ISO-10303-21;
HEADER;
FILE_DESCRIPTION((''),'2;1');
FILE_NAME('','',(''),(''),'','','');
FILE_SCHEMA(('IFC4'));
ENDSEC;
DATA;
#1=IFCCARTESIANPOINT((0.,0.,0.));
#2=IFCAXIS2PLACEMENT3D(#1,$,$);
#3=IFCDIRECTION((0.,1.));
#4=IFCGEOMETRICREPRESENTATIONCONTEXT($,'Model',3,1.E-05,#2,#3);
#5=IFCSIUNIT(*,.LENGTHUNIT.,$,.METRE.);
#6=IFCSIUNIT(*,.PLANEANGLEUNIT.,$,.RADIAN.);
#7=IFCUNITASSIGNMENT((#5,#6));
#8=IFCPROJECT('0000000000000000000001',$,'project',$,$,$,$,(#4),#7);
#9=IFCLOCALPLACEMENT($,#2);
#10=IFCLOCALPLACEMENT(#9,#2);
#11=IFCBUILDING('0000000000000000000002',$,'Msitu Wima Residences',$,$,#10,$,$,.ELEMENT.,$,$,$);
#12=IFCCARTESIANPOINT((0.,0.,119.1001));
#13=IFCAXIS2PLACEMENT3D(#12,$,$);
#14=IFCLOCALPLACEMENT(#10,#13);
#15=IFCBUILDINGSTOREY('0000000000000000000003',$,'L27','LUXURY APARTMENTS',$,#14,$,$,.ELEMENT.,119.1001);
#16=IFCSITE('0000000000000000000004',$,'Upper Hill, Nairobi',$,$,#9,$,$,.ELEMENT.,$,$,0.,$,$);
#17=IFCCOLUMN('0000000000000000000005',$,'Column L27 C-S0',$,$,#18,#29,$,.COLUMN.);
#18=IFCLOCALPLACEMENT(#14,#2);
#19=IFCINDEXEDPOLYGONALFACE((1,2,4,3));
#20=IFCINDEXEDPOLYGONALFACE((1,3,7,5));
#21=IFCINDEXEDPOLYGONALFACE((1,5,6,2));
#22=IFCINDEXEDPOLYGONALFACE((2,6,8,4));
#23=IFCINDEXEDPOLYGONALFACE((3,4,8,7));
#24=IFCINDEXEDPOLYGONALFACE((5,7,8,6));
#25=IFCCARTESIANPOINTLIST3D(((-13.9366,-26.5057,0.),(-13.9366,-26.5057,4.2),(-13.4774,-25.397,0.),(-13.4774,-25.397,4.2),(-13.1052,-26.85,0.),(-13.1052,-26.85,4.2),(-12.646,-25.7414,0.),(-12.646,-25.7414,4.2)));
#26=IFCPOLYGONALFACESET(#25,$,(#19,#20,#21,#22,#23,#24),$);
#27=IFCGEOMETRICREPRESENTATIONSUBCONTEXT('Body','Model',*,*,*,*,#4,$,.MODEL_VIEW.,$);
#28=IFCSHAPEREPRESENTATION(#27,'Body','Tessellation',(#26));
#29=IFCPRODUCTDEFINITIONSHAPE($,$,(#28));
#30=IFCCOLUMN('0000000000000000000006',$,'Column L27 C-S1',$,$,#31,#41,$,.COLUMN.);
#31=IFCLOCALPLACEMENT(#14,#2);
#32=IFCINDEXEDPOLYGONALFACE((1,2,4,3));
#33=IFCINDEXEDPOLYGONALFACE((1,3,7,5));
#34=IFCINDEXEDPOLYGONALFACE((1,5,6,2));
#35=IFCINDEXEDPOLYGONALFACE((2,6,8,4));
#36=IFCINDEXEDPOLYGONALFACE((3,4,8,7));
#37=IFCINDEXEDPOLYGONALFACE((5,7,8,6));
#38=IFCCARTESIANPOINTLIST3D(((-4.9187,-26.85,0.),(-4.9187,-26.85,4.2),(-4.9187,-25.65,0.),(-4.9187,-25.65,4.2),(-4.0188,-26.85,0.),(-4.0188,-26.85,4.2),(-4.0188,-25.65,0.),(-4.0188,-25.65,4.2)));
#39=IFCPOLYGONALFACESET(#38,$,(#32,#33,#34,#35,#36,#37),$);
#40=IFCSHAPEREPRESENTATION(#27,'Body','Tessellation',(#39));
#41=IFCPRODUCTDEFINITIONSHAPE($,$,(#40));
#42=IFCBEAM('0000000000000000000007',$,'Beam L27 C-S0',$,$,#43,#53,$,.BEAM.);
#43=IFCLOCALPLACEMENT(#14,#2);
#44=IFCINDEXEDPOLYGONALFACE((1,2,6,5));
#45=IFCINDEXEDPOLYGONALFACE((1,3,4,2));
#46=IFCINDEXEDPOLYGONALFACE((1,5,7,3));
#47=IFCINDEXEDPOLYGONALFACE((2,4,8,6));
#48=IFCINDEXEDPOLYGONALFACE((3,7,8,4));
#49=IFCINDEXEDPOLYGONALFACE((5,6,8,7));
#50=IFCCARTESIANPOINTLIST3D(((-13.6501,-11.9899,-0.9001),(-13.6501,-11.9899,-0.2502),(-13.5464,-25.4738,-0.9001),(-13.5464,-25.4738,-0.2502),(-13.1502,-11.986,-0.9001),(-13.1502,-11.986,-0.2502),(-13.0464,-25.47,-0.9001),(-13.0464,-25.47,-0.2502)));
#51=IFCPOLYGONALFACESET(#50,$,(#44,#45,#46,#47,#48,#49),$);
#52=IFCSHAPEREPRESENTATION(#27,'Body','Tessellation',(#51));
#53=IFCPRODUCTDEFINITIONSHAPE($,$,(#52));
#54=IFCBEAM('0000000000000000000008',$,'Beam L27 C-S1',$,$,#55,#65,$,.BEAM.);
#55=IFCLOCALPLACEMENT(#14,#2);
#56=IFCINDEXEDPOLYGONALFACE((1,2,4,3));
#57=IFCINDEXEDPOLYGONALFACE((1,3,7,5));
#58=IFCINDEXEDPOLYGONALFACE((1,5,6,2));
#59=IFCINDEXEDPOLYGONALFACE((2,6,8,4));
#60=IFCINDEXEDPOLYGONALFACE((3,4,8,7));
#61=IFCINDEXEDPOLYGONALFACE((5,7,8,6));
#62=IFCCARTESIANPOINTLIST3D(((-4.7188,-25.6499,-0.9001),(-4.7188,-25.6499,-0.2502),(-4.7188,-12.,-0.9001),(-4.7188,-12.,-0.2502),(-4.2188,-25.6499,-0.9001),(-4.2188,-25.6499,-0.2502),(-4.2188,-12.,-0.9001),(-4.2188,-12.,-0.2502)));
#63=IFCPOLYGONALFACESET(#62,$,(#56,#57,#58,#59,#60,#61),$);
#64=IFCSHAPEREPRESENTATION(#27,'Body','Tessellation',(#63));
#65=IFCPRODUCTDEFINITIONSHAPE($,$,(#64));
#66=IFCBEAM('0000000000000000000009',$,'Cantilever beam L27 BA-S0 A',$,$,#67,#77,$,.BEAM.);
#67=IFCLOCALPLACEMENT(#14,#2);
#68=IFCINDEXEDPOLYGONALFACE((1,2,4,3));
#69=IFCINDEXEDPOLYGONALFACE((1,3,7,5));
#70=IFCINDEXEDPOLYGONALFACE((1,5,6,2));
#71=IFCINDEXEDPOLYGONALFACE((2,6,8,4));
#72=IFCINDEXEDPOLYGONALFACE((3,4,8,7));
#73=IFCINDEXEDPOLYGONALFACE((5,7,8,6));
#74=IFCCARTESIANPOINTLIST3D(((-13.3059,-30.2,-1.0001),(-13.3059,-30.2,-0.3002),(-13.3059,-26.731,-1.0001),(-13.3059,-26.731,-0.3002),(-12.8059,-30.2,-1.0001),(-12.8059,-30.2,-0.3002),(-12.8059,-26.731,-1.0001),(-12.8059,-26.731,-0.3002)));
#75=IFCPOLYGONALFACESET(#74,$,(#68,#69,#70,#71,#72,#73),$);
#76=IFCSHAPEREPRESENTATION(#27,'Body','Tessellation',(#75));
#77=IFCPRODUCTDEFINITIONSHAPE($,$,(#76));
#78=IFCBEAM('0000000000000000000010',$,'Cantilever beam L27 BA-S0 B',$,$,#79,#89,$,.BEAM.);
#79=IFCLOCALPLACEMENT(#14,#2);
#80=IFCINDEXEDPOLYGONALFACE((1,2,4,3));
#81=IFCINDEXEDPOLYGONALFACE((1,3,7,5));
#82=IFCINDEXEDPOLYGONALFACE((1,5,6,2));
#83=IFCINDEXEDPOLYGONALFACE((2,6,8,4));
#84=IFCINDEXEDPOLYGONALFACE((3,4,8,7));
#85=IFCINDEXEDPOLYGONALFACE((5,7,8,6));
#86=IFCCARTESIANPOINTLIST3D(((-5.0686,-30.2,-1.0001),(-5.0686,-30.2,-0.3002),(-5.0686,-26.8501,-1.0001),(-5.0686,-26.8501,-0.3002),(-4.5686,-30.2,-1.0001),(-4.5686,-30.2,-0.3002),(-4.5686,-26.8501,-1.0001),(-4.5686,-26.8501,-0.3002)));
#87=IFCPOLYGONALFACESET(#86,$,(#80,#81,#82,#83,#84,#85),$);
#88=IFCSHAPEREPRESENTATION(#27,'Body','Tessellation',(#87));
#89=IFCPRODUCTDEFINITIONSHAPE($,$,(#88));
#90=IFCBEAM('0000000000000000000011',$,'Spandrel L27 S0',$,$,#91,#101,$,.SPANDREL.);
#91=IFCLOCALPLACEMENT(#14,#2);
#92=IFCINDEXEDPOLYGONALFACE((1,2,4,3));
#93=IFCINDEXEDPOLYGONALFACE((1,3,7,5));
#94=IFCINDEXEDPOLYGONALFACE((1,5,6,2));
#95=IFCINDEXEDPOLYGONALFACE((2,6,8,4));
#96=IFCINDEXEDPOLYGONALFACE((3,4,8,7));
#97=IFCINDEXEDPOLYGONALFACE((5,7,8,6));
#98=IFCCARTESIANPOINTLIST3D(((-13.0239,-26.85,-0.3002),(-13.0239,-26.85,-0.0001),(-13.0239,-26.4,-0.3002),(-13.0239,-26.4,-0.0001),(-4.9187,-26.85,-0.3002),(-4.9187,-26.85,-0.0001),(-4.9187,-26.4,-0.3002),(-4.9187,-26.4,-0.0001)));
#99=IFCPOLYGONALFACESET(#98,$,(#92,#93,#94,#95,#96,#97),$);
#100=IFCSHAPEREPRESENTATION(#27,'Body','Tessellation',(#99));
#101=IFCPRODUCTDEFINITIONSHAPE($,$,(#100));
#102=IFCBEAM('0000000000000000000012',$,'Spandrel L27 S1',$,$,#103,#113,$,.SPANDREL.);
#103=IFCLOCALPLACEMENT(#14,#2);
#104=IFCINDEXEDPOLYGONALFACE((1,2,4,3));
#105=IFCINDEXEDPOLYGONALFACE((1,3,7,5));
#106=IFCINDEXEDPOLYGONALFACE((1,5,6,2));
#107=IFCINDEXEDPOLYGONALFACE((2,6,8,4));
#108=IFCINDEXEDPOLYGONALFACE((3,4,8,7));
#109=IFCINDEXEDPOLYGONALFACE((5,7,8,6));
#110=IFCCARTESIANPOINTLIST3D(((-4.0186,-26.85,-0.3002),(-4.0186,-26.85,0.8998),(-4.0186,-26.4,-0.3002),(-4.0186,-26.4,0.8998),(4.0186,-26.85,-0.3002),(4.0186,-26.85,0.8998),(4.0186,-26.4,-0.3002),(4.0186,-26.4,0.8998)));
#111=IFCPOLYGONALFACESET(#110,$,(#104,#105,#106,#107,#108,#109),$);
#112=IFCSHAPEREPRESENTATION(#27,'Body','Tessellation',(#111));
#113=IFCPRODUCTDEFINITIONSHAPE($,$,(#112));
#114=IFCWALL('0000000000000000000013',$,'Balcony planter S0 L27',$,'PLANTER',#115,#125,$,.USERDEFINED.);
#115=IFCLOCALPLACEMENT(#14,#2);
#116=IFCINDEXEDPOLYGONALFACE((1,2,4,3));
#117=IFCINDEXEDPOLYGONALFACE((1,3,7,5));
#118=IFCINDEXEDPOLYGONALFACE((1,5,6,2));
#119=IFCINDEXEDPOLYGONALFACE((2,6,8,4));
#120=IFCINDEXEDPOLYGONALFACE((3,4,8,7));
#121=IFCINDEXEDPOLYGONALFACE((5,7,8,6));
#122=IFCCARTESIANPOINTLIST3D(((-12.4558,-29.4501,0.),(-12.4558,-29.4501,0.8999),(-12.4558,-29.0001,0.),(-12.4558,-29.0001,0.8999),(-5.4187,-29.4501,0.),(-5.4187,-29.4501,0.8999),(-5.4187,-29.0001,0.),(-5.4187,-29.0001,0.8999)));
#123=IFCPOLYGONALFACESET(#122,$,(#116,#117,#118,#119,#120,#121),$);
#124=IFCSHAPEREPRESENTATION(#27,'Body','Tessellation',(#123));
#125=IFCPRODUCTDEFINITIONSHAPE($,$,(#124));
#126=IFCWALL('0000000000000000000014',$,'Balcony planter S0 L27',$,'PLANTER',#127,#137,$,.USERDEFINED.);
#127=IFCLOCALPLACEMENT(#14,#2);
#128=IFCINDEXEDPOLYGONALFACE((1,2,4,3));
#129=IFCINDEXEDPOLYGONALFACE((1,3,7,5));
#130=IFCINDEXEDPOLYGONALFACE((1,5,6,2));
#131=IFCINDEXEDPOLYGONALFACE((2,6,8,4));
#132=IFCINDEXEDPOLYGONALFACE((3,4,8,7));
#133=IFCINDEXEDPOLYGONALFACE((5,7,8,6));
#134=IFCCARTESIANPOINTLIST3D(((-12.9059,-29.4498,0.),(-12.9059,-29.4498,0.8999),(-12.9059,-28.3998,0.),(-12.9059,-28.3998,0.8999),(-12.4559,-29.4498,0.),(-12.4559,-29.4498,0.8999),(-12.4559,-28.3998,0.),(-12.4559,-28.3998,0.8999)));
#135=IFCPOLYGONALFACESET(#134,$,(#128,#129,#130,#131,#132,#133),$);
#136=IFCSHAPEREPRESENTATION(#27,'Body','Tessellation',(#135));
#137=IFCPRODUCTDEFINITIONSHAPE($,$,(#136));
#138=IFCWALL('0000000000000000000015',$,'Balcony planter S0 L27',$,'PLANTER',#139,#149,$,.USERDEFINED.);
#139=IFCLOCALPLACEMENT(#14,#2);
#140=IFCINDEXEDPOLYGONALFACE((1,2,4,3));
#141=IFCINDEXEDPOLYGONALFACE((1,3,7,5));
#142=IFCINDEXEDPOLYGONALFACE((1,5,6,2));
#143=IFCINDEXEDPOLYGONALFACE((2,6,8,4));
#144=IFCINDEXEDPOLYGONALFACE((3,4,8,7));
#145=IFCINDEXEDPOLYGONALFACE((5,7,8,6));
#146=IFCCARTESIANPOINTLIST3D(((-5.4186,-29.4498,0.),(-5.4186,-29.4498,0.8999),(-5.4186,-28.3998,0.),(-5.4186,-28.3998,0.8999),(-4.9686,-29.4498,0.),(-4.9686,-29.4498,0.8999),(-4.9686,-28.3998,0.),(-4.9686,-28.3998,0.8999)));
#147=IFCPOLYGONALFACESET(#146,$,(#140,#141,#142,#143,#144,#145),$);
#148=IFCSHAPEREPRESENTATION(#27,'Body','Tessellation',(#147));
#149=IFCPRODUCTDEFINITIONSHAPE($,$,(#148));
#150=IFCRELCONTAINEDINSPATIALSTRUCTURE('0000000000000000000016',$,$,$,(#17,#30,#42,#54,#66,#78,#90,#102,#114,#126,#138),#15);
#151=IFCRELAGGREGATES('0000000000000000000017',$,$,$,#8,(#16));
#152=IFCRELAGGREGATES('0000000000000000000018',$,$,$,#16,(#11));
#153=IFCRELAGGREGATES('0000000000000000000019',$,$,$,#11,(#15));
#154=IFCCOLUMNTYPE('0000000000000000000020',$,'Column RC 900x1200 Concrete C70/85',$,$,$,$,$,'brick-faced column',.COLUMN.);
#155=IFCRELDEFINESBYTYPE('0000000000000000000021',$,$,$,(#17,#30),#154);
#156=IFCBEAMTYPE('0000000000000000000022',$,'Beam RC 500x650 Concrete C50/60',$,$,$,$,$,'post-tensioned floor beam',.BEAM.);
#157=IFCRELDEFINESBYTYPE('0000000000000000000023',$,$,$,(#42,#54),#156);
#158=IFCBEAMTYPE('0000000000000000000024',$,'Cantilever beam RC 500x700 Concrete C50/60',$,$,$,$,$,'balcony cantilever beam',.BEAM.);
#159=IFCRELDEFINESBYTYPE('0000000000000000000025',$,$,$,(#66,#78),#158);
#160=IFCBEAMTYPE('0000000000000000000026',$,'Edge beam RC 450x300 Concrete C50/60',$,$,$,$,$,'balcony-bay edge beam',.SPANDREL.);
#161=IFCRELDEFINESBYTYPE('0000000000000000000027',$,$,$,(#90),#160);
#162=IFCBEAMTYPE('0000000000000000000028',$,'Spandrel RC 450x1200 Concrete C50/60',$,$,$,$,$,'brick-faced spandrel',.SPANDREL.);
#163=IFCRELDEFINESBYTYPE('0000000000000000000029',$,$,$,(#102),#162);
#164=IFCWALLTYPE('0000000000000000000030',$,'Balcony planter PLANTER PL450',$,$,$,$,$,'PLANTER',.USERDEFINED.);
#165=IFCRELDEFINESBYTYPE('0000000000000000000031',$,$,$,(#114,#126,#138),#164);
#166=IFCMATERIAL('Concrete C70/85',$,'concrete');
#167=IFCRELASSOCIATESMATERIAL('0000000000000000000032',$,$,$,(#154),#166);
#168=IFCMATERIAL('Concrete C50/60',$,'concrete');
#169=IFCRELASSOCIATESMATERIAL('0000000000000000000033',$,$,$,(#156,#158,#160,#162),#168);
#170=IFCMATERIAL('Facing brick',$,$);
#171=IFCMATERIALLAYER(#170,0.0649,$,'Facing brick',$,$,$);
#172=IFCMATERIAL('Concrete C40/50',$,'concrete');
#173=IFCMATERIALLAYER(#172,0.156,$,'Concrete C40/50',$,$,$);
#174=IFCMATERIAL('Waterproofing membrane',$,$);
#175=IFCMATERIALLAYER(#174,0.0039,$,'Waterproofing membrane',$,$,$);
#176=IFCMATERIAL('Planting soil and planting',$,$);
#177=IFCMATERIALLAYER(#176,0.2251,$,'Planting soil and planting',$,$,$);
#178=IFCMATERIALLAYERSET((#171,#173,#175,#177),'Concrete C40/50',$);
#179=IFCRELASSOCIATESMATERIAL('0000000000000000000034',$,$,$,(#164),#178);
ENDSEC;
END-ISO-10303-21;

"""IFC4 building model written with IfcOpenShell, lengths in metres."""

from ifc_helpers import new_model, si_unit, direction, frame, frame_2d, origin, origin_2d, place, context, subcontext, project, spatial, rectangle, extrude, material, layer, layer_set, material_profile, profile_set, type_object, element, save


model = new_model("IFC4")

# Units and contexts
model_context = context("Model", 3, precision=1e-05, world=origin(), true_north=direction((0.0, 1.0)))
body_context = subcontext(model_context, "Body", "Model", "MODEL_VIEW")
ifc_project = project(units=[si_unit("LENGTHUNIT", "METRE"), si_unit("PLANEANGLEUNIT", "RADIAN")], contexts=[model_context])

# Site, building, storey
site_placement = place(None, origin())
site = spatial("IfcSite", under=ifc_project, at=site_placement, Name="Upper Hill, Nairobi", CompositionType="ELEMENT", RefElevation=0.0)
building_placement = place(site_placement, origin())
building = spatial("IfcBuilding", under=site, at=building_placement, Name="Msitu Wima Residences", CompositionType="ELEMENT")
storey_placement = place(building_placement, frame((0.0, 0.0, 119.1001)))
storey = spatial("IfcBuildingStorey", under=building, at=storey_placement, Name="L27", Description="LUXURY APARTMENTS", CompositionType="ELEMENT", Elevation=119.1001)

# Columns
ifc_material_1 = material(Name="Concrete C70/85", Category="concrete")
ifc_material_profile_1 = material_profile(ifc_material_1, rectangle(XDim=0.8999, YDim=1.2, at=origin_2d()), Name="RC 900x1200")
ifc_profile_set_1 = profile_set([ifc_material_profile_1], Name="Concrete C70/85")
column_type = type_object("IfcColumnType", Name="Column RC 900x1200 Concrete C70/85", ElementType="brick-faced column", PredefinedType="COLUMN", material=ifc_profile_set_1)
for number, where, z_axis, x_axis, name in (
    (1, (-13.2913, -26.1235, 0.0), (0.0, 0.0, 1.0), (0.92388, -0.382683, 0.0), "Column L27 C-S0"),
    (2, (-4.4688, -26.25, 0.0), (0.0, 0.0, 1.0), (1.0, 0.0, 0.0), "Column L27 C-S1"),
):
    element("IfcColumn", number, at=place(storey_placement, frame(where, z_axis=z_axis, x_axis=x_axis)), inside=storey, type_object=column_type, Name=name, PredefinedType="COLUMN", context=body_context, shape_type="SweptSolid", body=[
        extrude(rectangle(XDim=0.8999, YDim=1.2, at=origin_2d()), origin(), (0.0, 0.0, 1.0), 4.2),
    ])

# Beams
ifc_material_2 = material(Name="Concrete C50/60", Category="concrete")
ifc_material_profile_2 = material_profile(ifc_material_2, rectangle(XDim=0.5, YDim=0.6499, at=origin_2d()), Name="RC 500x650")
ifc_profile_set_2 = profile_set([ifc_material_profile_2], Name="Concrete C50/60")
beam_type_1 = type_object("IfcBeamType", Name="Beam RC 500x650 Concrete C50/60", ElementType="post-tensioned floor beam", PredefinedType="BEAM", material=ifc_profile_set_2)
beam_1_placement = place(storey_placement, frame((-13.2964, -25.4719, -0.5752), z_axis=(-0.007695, 0.99997, 0.0), x_axis=(-0.99997, -0.007695, 0.0)))
element("IfcBeam", 3, at=beam_1_placement, inside=storey, type_object=beam_type_1, Name="Beam L27 C-S0", PredefinedType="BEAM", context=body_context, shape_type="SweptSolid", body=[
    extrude(rectangle(XDim=0.5, YDim=0.6499, at=origin_2d()), origin(), (0.0, 0.0, 1.0), 13.4844),
])
beam_2_placement = place(storey_placement, frame((-4.4688, -25.6499, -0.5752), z_axis=(0.0, 1.0, 0.0), x_axis=(-1.0, 0.0, 0.0)))
element("IfcBeam", 4, at=beam_2_placement, inside=storey, type_object=beam_type_1, Name="Beam L27 C-S1", PredefinedType="BEAM", context=body_context, shape_type="SweptSolid", body=[
    extrude(rectangle(XDim=0.5, YDim=0.6499, at=origin_2d()), origin(), (0.0, 0.0, 1.0), 13.6499),
])
ifc_material_profile_3 = material_profile(ifc_material_2, rectangle(XDim=0.5, YDim=0.7, at=origin_2d()), Name="RC 500x700")
ifc_profile_set_3 = profile_set([ifc_material_profile_3], Name="Concrete C50/60")
beam_type_2 = type_object("IfcBeamType", Name="Cantilever beam RC 500x700 Concrete C50/60", ElementType="balcony cantilever beam", PredefinedType="BEAM", material=ifc_profile_set_3)
beam_3_placement = place(storey_placement, frame((-13.0559, -26.731, -0.6501), z_axis=(0.0, -1.0, 0.0), x_axis=(1.0, 0.0, 0.0)))
element("IfcBeam", 5, at=beam_3_placement, inside=storey, type_object=beam_type_2, Name="Cantilever beam L27 BA-S0 A", PredefinedType="BEAM", context=body_context, shape_type="SweptSolid", body=[
    extrude(rectangle(XDim=0.5, YDim=0.7, at=origin_2d()), origin(), (0.0, 0.0, 1.0), 3.469),
])
beam_4_placement = place(storey_placement, frame((-4.8186, -26.8501, -0.6501), z_axis=(0.0, -1.0, 0.0), x_axis=(1.0, 0.0, 0.0)))
element("IfcBeam", 6, at=beam_4_placement, inside=storey, type_object=beam_type_2, Name="Cantilever beam L27 BA-S0 B", PredefinedType="BEAM", context=body_context, shape_type="SweptSolid", body=[
    extrude(rectangle(XDim=0.5, YDim=0.7, at=origin_2d()), origin(), (0.0, 0.0, 1.0), 3.3499),
])
ifc_material_profile_4 = material_profile(ifc_material_2, rectangle(XDim=0.45, YDim=0.3, at=origin_2d()), Name="RC 450x300")
ifc_profile_set_4 = profile_set([ifc_material_profile_4], Name="Concrete C50/60")
beam_type_3 = type_object("IfcBeamType", Name="Edge beam RC 450x300 Concrete C50/60", ElementType="balcony-bay edge beam", PredefinedType="SPANDREL", material=ifc_profile_set_4)
beam_5_placement = place(storey_placement, frame((-13.0239, -26.625, -0.1501), z_axis=(1.0, 0.0, 0.0), x_axis=(0.0, 1.0, 0.0)))
element("IfcBeam", 7, at=beam_5_placement, inside=storey, type_object=beam_type_3, Name="Spandrel L27 S0", PredefinedType="SPANDREL", context=body_context, shape_type="SweptSolid", body=[
    extrude(rectangle(XDim=0.45, YDim=0.3, at=origin_2d()), origin(), (0.0, 0.0, 1.0), 8.1052),
])
ifc_material_profile_5 = material_profile(ifc_material_2, rectangle(XDim=0.45, YDim=1.2, at=origin_2d()), Name="RC 450x1200")
ifc_profile_set_5 = profile_set([ifc_material_profile_5], Name="Concrete C50/60")
beam_type_4 = type_object("IfcBeamType", Name="Spandrel RC 450x1200 Concrete C50/60", ElementType="brick-faced spandrel", PredefinedType="SPANDREL", material=ifc_profile_set_5)
beam_6_placement = place(storey_placement, frame((-4.0186, -26.625, 0.2998), z_axis=(1.0, 0.0, 0.0), x_axis=(0.0, 1.0, 0.0)))
element("IfcBeam", 8, at=beam_6_placement, inside=storey, type_object=beam_type_4, Name="Spandrel L27 S1", PredefinedType="SPANDREL", context=body_context, shape_type="SweptSolid", body=[
    extrude(rectangle(XDim=0.45, YDim=1.2, at=origin_2d()), origin(), (0.0, 0.0, 1.0), 8.0371),
])

# Walls
ifc_material_3 = material(Name="Facing brick")
ifc_layer_1 = layer(ifc_material_3, 0.0649, Name="Facing brick")
ifc_material_4 = material(Name="Concrete C40/50", Category="concrete")
ifc_layer_2 = layer(ifc_material_4, 0.156, Name="Concrete C40/50")
ifc_material_5 = material(Name="Waterproofing membrane")
ifc_layer_3 = layer(ifc_material_5, 0.0039, Name="Waterproofing membrane")
ifc_material_6 = material(Name="Planting soil and planting")
ifc_layer_4 = layer(ifc_material_6, 0.2251, Name="Planting soil and planting")
ifc_layer_set_1 = layer_set([ifc_layer_1, ifc_layer_2, ifc_layer_3, ifc_layer_4], Name="Concrete C40/50")
wall_type_1 = type_object("IfcWallType", Name="Balcony planter PLANTER PL450", ElementType="PLANTER", PredefinedType="USERDEFINED", material=ifc_layer_set_1)
wall_1_placement = place(storey_placement, frame((-12.4558, -29.2251, 0.0), z_axis=(0.0, 0.0, 1.0), x_axis=(1.0, 0.0, 0.0)))
element("IfcWall", 9, at=wall_1_placement, inside=storey, type_object=wall_type_1, Name="Balcony planter S0 L27", ObjectType="PLANTER", PredefinedType="USERDEFINED", context=body_context, shape_type="SweptSolid", body=[
    extrude(rectangle(XDim=7.0371, YDim=0.45, at=frame_2d((3.5186, 0.0))), origin(), (0.0, 0.0, 1.0), 0.8999),
])
for number, where, z_axis, x_axis, name in (
    (10, (-12.6809, -28.3999, 0.0), (0.0, 0.0, 1.0), (0.0, -1.0, 0.0), "Balcony planter S0 L27"),
    (11, (-5.1936, -28.3999, 0.0), (0.0, 0.0, 1.0), (0.0, -1.0, 0.0), "Balcony planter S0 L27"),
):
    element("IfcWall", number, at=place(storey_placement, frame(where, z_axis=z_axis, x_axis=x_axis)), inside=storey, type_object=wall_type_1, Name=name, ObjectType="PLANTER", PredefinedType="USERDEFINED", context=body_context, shape_type="SweptSolid", body=[
        extrude(rectangle(XDim=1.05, YDim=0.45, at=frame_2d((0.5249, 0.0))), origin(), (0.0, 0.0, 1.0), 0.8999),
    ])

save(model, "model.ifc")
